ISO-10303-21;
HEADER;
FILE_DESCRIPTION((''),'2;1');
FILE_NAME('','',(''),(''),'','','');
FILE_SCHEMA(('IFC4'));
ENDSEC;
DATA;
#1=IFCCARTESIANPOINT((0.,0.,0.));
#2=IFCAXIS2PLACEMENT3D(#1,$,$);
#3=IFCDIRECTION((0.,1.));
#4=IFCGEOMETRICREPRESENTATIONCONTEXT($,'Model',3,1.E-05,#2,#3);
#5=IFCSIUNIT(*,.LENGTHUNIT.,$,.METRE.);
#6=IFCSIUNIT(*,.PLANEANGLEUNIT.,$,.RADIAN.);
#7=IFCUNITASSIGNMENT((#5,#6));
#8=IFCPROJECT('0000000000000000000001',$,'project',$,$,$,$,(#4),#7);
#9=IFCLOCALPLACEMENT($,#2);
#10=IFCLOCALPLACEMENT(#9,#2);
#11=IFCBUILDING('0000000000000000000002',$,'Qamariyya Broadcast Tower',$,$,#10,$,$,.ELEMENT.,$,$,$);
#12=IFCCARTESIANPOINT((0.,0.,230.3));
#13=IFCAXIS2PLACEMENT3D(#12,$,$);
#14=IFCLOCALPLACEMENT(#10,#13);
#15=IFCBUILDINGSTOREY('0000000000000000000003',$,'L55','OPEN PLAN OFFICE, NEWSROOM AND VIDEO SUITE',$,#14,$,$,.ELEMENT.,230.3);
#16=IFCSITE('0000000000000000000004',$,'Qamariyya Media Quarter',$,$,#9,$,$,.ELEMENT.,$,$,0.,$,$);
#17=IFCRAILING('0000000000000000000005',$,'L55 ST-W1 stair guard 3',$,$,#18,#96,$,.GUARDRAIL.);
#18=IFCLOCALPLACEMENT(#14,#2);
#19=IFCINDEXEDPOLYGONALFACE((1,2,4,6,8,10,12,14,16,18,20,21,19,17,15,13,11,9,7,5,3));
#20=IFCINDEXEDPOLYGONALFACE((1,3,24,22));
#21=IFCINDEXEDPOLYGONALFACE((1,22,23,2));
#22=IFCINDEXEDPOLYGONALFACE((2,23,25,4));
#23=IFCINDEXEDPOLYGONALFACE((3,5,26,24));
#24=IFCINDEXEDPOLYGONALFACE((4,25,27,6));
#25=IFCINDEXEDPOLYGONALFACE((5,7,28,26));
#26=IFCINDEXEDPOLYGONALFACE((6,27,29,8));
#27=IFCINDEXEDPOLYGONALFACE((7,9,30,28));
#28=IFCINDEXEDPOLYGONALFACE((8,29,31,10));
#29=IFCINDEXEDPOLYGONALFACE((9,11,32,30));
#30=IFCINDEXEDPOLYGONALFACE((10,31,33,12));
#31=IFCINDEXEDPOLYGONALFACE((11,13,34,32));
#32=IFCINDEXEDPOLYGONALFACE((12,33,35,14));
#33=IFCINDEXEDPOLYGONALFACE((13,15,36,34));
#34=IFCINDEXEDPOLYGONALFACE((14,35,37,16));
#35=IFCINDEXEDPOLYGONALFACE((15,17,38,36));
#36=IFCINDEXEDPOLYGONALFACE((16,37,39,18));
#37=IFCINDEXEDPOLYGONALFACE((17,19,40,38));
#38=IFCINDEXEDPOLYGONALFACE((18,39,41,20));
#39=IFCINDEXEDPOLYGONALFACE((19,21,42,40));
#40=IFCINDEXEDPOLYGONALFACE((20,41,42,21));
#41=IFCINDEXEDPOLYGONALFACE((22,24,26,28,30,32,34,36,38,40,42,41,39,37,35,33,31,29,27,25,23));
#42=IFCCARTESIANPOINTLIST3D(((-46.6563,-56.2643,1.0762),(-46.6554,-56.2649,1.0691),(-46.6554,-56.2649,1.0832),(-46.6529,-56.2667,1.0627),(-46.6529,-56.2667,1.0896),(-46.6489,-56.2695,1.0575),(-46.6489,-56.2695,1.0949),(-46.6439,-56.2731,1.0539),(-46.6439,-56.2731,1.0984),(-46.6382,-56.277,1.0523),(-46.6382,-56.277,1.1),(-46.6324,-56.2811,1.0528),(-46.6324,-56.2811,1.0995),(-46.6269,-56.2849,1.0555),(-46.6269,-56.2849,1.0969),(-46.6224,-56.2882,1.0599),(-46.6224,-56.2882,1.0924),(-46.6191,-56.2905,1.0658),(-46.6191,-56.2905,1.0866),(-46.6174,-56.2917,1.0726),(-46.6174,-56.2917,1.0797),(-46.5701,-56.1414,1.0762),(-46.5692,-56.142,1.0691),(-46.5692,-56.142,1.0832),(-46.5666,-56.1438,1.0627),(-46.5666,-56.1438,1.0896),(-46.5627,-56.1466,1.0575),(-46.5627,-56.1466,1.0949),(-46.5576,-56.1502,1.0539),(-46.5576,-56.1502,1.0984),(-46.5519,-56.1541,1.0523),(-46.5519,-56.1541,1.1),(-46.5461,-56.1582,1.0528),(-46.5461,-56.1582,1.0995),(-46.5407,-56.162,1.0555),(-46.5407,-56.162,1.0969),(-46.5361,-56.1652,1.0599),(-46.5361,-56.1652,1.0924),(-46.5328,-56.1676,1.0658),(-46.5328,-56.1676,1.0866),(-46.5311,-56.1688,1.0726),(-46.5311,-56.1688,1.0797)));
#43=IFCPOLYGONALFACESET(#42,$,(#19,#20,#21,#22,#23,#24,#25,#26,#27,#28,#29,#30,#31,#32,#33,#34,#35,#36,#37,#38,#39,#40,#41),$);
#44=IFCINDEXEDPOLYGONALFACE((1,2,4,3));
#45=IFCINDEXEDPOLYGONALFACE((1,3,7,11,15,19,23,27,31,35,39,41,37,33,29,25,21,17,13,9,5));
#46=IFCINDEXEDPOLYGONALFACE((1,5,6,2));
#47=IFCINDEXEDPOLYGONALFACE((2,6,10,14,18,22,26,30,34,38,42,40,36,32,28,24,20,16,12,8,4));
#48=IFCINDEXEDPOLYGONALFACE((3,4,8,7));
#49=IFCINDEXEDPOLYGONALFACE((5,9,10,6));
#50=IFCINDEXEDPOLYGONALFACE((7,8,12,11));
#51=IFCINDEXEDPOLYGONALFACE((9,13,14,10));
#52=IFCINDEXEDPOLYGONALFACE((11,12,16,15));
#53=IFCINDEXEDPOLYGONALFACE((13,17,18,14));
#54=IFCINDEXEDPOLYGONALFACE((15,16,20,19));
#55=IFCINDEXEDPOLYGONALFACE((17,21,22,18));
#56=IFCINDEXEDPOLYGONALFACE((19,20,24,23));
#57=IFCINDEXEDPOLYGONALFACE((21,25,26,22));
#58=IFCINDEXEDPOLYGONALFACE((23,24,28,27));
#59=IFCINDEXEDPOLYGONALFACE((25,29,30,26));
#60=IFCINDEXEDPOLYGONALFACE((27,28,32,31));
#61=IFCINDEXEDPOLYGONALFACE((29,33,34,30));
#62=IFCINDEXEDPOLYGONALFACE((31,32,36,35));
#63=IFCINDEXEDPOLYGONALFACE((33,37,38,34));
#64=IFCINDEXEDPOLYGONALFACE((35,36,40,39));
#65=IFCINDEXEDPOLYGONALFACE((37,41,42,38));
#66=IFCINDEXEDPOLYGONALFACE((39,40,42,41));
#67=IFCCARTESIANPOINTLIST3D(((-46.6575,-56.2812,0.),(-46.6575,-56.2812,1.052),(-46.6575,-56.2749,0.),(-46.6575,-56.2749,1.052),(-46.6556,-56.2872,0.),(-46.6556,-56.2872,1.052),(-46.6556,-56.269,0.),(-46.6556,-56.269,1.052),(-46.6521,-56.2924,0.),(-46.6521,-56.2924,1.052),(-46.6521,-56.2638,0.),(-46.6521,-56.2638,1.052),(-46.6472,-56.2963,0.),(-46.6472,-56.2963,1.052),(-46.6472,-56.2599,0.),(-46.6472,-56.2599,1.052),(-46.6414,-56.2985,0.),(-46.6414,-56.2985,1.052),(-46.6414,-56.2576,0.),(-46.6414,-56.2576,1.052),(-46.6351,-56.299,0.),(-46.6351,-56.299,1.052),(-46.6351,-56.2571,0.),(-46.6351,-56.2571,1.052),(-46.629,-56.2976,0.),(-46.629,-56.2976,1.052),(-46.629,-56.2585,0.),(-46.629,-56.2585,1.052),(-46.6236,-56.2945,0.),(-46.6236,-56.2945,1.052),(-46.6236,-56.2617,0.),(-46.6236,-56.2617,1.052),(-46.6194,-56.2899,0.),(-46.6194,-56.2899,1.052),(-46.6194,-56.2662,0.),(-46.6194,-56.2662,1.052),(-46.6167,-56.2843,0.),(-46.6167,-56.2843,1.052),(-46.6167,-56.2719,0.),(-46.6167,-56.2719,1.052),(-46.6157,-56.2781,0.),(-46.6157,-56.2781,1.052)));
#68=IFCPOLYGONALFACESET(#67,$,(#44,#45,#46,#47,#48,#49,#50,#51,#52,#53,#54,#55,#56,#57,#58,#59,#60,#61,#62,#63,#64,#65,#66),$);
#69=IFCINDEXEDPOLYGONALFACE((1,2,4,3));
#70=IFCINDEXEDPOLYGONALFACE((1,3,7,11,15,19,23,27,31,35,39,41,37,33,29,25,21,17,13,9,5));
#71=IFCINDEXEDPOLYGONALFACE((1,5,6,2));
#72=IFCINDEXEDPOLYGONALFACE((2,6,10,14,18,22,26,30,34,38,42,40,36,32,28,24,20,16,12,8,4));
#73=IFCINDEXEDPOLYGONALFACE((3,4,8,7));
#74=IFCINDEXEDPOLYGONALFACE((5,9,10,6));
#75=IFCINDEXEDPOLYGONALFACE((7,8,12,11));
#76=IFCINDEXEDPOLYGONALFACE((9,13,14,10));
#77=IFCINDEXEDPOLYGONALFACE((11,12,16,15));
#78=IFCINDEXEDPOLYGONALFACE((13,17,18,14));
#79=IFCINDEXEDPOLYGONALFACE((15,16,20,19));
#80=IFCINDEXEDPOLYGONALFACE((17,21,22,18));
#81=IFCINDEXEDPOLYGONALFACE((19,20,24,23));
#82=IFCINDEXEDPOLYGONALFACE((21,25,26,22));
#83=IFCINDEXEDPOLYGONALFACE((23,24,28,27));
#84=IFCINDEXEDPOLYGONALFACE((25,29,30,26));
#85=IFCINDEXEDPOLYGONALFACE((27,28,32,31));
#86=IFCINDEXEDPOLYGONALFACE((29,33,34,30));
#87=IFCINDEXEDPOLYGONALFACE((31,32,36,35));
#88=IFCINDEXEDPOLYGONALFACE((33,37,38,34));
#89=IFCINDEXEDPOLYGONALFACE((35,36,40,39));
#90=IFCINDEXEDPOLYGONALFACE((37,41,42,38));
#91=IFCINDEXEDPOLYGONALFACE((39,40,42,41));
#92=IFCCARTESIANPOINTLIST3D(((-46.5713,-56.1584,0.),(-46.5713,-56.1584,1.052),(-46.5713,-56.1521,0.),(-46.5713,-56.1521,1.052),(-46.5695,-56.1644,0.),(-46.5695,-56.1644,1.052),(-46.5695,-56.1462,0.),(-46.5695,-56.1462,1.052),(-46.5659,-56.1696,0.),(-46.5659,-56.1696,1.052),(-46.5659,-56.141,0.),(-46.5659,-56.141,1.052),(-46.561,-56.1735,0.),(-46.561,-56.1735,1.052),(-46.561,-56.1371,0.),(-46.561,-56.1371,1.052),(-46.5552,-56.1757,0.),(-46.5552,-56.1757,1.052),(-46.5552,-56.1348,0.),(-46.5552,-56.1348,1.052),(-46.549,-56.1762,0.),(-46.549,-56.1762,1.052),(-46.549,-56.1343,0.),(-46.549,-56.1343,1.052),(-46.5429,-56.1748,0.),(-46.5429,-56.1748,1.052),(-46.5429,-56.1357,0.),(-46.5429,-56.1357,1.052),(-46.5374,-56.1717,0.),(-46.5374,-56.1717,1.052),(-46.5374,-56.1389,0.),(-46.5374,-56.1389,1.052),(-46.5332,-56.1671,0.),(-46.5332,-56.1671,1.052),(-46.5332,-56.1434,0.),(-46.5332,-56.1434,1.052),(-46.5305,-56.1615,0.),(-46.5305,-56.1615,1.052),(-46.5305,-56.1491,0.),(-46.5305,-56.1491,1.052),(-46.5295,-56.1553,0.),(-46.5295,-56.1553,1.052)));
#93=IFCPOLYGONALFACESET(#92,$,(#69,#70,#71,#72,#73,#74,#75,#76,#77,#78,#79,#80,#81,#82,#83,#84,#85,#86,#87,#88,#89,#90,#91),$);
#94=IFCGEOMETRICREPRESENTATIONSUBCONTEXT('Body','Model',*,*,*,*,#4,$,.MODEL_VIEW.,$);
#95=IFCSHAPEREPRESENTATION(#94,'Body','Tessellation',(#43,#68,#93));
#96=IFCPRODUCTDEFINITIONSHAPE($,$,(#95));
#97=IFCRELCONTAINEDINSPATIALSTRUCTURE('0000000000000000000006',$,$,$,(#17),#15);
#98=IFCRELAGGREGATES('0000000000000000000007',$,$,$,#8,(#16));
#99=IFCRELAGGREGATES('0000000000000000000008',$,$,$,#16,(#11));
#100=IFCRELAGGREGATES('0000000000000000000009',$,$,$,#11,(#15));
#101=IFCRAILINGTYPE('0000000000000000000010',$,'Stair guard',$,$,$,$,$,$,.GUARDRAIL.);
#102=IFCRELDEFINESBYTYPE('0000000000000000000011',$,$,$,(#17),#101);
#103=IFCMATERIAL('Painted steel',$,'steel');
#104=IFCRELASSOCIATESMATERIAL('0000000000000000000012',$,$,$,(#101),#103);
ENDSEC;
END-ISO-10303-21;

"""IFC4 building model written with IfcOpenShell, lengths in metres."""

from ifc_helpers import new_model, si_unit, direction, frame, origin, origin_2d, place, context, subcontext, project, spatial, circle, extrude, material, type_object, element, save


model = new_model("IFC4")

# Units and contexts
model_context = context("Model", 3, precision=1e-05, world=origin(), true_north=direction((0.0, 1.0)))
body_context = subcontext(model_context, "Body", "Model", "MODEL_VIEW")
ifc_project = project(units=[si_unit("LENGTHUNIT", "METRE"), si_unit("PLANEANGLEUNIT", "RADIAN")], contexts=[model_context])

# Site, building, storey
site_placement = place(None, origin())
site = spatial("IfcSite", under=ifc_project, at=site_placement, Name="Qamariyya Media Quarter", CompositionType="ELEMENT", RefElevation=0.0)
building_placement = place(site_placement, origin())
building = spatial("IfcBuilding", under=site, at=building_placement, Name="Qamariyya Broadcast Tower", CompositionType="ELEMENT")
storey_placement = place(building_placement, frame((0.0, 0.0, 230.3)))
storey = spatial("IfcBuildingStorey", under=building, at=storey_placement, Name="L55", Description="OPEN PLAN OFFICE, NEWSROOM AND VIDEO SUITE", CompositionType="ELEMENT", Elevation=230.3)

# Railing
ifc_material_1 = material(Name="Painted steel", Category="steel")
railing_type_1 = type_object("IfcRailingType", Name="Stair guard", PredefinedType="GUARDRAIL", material=ifc_material_1)
railing_1_placement = place(storey_placement, frame((-46.6367, -56.2781, 0.0)))
element("IfcRailing", 1, at=railing_1_placement, inside=storey, type_object=railing_type_1, Name="L55 ST-W1 stair guard 3", PredefinedType="GUARDRAIL", context=body_context, shape_type="SweptSolid", body=[
    extrude(circle(Radius=0.0239, at=origin_2d()), frame((0.0, 0.0, 1.0762), z_axis=(0.574445, 0.818543, 0.0), x_axis=(-0.818543, 0.574445, 0.0)), (0.0, 0.0, 1.0), 0.1501),
    extrude(circle(Radius=0.021, at=origin_2d()), origin(), (0.0, 0.0, 1.0), 1.052),
    extrude(circle(Radius=0.021, at=origin_2d()), frame((0.0862, 0.1228, 0.0)), (0.0, 0.0, 1.0), 1.052),
])

save(model, "model.ifc")
